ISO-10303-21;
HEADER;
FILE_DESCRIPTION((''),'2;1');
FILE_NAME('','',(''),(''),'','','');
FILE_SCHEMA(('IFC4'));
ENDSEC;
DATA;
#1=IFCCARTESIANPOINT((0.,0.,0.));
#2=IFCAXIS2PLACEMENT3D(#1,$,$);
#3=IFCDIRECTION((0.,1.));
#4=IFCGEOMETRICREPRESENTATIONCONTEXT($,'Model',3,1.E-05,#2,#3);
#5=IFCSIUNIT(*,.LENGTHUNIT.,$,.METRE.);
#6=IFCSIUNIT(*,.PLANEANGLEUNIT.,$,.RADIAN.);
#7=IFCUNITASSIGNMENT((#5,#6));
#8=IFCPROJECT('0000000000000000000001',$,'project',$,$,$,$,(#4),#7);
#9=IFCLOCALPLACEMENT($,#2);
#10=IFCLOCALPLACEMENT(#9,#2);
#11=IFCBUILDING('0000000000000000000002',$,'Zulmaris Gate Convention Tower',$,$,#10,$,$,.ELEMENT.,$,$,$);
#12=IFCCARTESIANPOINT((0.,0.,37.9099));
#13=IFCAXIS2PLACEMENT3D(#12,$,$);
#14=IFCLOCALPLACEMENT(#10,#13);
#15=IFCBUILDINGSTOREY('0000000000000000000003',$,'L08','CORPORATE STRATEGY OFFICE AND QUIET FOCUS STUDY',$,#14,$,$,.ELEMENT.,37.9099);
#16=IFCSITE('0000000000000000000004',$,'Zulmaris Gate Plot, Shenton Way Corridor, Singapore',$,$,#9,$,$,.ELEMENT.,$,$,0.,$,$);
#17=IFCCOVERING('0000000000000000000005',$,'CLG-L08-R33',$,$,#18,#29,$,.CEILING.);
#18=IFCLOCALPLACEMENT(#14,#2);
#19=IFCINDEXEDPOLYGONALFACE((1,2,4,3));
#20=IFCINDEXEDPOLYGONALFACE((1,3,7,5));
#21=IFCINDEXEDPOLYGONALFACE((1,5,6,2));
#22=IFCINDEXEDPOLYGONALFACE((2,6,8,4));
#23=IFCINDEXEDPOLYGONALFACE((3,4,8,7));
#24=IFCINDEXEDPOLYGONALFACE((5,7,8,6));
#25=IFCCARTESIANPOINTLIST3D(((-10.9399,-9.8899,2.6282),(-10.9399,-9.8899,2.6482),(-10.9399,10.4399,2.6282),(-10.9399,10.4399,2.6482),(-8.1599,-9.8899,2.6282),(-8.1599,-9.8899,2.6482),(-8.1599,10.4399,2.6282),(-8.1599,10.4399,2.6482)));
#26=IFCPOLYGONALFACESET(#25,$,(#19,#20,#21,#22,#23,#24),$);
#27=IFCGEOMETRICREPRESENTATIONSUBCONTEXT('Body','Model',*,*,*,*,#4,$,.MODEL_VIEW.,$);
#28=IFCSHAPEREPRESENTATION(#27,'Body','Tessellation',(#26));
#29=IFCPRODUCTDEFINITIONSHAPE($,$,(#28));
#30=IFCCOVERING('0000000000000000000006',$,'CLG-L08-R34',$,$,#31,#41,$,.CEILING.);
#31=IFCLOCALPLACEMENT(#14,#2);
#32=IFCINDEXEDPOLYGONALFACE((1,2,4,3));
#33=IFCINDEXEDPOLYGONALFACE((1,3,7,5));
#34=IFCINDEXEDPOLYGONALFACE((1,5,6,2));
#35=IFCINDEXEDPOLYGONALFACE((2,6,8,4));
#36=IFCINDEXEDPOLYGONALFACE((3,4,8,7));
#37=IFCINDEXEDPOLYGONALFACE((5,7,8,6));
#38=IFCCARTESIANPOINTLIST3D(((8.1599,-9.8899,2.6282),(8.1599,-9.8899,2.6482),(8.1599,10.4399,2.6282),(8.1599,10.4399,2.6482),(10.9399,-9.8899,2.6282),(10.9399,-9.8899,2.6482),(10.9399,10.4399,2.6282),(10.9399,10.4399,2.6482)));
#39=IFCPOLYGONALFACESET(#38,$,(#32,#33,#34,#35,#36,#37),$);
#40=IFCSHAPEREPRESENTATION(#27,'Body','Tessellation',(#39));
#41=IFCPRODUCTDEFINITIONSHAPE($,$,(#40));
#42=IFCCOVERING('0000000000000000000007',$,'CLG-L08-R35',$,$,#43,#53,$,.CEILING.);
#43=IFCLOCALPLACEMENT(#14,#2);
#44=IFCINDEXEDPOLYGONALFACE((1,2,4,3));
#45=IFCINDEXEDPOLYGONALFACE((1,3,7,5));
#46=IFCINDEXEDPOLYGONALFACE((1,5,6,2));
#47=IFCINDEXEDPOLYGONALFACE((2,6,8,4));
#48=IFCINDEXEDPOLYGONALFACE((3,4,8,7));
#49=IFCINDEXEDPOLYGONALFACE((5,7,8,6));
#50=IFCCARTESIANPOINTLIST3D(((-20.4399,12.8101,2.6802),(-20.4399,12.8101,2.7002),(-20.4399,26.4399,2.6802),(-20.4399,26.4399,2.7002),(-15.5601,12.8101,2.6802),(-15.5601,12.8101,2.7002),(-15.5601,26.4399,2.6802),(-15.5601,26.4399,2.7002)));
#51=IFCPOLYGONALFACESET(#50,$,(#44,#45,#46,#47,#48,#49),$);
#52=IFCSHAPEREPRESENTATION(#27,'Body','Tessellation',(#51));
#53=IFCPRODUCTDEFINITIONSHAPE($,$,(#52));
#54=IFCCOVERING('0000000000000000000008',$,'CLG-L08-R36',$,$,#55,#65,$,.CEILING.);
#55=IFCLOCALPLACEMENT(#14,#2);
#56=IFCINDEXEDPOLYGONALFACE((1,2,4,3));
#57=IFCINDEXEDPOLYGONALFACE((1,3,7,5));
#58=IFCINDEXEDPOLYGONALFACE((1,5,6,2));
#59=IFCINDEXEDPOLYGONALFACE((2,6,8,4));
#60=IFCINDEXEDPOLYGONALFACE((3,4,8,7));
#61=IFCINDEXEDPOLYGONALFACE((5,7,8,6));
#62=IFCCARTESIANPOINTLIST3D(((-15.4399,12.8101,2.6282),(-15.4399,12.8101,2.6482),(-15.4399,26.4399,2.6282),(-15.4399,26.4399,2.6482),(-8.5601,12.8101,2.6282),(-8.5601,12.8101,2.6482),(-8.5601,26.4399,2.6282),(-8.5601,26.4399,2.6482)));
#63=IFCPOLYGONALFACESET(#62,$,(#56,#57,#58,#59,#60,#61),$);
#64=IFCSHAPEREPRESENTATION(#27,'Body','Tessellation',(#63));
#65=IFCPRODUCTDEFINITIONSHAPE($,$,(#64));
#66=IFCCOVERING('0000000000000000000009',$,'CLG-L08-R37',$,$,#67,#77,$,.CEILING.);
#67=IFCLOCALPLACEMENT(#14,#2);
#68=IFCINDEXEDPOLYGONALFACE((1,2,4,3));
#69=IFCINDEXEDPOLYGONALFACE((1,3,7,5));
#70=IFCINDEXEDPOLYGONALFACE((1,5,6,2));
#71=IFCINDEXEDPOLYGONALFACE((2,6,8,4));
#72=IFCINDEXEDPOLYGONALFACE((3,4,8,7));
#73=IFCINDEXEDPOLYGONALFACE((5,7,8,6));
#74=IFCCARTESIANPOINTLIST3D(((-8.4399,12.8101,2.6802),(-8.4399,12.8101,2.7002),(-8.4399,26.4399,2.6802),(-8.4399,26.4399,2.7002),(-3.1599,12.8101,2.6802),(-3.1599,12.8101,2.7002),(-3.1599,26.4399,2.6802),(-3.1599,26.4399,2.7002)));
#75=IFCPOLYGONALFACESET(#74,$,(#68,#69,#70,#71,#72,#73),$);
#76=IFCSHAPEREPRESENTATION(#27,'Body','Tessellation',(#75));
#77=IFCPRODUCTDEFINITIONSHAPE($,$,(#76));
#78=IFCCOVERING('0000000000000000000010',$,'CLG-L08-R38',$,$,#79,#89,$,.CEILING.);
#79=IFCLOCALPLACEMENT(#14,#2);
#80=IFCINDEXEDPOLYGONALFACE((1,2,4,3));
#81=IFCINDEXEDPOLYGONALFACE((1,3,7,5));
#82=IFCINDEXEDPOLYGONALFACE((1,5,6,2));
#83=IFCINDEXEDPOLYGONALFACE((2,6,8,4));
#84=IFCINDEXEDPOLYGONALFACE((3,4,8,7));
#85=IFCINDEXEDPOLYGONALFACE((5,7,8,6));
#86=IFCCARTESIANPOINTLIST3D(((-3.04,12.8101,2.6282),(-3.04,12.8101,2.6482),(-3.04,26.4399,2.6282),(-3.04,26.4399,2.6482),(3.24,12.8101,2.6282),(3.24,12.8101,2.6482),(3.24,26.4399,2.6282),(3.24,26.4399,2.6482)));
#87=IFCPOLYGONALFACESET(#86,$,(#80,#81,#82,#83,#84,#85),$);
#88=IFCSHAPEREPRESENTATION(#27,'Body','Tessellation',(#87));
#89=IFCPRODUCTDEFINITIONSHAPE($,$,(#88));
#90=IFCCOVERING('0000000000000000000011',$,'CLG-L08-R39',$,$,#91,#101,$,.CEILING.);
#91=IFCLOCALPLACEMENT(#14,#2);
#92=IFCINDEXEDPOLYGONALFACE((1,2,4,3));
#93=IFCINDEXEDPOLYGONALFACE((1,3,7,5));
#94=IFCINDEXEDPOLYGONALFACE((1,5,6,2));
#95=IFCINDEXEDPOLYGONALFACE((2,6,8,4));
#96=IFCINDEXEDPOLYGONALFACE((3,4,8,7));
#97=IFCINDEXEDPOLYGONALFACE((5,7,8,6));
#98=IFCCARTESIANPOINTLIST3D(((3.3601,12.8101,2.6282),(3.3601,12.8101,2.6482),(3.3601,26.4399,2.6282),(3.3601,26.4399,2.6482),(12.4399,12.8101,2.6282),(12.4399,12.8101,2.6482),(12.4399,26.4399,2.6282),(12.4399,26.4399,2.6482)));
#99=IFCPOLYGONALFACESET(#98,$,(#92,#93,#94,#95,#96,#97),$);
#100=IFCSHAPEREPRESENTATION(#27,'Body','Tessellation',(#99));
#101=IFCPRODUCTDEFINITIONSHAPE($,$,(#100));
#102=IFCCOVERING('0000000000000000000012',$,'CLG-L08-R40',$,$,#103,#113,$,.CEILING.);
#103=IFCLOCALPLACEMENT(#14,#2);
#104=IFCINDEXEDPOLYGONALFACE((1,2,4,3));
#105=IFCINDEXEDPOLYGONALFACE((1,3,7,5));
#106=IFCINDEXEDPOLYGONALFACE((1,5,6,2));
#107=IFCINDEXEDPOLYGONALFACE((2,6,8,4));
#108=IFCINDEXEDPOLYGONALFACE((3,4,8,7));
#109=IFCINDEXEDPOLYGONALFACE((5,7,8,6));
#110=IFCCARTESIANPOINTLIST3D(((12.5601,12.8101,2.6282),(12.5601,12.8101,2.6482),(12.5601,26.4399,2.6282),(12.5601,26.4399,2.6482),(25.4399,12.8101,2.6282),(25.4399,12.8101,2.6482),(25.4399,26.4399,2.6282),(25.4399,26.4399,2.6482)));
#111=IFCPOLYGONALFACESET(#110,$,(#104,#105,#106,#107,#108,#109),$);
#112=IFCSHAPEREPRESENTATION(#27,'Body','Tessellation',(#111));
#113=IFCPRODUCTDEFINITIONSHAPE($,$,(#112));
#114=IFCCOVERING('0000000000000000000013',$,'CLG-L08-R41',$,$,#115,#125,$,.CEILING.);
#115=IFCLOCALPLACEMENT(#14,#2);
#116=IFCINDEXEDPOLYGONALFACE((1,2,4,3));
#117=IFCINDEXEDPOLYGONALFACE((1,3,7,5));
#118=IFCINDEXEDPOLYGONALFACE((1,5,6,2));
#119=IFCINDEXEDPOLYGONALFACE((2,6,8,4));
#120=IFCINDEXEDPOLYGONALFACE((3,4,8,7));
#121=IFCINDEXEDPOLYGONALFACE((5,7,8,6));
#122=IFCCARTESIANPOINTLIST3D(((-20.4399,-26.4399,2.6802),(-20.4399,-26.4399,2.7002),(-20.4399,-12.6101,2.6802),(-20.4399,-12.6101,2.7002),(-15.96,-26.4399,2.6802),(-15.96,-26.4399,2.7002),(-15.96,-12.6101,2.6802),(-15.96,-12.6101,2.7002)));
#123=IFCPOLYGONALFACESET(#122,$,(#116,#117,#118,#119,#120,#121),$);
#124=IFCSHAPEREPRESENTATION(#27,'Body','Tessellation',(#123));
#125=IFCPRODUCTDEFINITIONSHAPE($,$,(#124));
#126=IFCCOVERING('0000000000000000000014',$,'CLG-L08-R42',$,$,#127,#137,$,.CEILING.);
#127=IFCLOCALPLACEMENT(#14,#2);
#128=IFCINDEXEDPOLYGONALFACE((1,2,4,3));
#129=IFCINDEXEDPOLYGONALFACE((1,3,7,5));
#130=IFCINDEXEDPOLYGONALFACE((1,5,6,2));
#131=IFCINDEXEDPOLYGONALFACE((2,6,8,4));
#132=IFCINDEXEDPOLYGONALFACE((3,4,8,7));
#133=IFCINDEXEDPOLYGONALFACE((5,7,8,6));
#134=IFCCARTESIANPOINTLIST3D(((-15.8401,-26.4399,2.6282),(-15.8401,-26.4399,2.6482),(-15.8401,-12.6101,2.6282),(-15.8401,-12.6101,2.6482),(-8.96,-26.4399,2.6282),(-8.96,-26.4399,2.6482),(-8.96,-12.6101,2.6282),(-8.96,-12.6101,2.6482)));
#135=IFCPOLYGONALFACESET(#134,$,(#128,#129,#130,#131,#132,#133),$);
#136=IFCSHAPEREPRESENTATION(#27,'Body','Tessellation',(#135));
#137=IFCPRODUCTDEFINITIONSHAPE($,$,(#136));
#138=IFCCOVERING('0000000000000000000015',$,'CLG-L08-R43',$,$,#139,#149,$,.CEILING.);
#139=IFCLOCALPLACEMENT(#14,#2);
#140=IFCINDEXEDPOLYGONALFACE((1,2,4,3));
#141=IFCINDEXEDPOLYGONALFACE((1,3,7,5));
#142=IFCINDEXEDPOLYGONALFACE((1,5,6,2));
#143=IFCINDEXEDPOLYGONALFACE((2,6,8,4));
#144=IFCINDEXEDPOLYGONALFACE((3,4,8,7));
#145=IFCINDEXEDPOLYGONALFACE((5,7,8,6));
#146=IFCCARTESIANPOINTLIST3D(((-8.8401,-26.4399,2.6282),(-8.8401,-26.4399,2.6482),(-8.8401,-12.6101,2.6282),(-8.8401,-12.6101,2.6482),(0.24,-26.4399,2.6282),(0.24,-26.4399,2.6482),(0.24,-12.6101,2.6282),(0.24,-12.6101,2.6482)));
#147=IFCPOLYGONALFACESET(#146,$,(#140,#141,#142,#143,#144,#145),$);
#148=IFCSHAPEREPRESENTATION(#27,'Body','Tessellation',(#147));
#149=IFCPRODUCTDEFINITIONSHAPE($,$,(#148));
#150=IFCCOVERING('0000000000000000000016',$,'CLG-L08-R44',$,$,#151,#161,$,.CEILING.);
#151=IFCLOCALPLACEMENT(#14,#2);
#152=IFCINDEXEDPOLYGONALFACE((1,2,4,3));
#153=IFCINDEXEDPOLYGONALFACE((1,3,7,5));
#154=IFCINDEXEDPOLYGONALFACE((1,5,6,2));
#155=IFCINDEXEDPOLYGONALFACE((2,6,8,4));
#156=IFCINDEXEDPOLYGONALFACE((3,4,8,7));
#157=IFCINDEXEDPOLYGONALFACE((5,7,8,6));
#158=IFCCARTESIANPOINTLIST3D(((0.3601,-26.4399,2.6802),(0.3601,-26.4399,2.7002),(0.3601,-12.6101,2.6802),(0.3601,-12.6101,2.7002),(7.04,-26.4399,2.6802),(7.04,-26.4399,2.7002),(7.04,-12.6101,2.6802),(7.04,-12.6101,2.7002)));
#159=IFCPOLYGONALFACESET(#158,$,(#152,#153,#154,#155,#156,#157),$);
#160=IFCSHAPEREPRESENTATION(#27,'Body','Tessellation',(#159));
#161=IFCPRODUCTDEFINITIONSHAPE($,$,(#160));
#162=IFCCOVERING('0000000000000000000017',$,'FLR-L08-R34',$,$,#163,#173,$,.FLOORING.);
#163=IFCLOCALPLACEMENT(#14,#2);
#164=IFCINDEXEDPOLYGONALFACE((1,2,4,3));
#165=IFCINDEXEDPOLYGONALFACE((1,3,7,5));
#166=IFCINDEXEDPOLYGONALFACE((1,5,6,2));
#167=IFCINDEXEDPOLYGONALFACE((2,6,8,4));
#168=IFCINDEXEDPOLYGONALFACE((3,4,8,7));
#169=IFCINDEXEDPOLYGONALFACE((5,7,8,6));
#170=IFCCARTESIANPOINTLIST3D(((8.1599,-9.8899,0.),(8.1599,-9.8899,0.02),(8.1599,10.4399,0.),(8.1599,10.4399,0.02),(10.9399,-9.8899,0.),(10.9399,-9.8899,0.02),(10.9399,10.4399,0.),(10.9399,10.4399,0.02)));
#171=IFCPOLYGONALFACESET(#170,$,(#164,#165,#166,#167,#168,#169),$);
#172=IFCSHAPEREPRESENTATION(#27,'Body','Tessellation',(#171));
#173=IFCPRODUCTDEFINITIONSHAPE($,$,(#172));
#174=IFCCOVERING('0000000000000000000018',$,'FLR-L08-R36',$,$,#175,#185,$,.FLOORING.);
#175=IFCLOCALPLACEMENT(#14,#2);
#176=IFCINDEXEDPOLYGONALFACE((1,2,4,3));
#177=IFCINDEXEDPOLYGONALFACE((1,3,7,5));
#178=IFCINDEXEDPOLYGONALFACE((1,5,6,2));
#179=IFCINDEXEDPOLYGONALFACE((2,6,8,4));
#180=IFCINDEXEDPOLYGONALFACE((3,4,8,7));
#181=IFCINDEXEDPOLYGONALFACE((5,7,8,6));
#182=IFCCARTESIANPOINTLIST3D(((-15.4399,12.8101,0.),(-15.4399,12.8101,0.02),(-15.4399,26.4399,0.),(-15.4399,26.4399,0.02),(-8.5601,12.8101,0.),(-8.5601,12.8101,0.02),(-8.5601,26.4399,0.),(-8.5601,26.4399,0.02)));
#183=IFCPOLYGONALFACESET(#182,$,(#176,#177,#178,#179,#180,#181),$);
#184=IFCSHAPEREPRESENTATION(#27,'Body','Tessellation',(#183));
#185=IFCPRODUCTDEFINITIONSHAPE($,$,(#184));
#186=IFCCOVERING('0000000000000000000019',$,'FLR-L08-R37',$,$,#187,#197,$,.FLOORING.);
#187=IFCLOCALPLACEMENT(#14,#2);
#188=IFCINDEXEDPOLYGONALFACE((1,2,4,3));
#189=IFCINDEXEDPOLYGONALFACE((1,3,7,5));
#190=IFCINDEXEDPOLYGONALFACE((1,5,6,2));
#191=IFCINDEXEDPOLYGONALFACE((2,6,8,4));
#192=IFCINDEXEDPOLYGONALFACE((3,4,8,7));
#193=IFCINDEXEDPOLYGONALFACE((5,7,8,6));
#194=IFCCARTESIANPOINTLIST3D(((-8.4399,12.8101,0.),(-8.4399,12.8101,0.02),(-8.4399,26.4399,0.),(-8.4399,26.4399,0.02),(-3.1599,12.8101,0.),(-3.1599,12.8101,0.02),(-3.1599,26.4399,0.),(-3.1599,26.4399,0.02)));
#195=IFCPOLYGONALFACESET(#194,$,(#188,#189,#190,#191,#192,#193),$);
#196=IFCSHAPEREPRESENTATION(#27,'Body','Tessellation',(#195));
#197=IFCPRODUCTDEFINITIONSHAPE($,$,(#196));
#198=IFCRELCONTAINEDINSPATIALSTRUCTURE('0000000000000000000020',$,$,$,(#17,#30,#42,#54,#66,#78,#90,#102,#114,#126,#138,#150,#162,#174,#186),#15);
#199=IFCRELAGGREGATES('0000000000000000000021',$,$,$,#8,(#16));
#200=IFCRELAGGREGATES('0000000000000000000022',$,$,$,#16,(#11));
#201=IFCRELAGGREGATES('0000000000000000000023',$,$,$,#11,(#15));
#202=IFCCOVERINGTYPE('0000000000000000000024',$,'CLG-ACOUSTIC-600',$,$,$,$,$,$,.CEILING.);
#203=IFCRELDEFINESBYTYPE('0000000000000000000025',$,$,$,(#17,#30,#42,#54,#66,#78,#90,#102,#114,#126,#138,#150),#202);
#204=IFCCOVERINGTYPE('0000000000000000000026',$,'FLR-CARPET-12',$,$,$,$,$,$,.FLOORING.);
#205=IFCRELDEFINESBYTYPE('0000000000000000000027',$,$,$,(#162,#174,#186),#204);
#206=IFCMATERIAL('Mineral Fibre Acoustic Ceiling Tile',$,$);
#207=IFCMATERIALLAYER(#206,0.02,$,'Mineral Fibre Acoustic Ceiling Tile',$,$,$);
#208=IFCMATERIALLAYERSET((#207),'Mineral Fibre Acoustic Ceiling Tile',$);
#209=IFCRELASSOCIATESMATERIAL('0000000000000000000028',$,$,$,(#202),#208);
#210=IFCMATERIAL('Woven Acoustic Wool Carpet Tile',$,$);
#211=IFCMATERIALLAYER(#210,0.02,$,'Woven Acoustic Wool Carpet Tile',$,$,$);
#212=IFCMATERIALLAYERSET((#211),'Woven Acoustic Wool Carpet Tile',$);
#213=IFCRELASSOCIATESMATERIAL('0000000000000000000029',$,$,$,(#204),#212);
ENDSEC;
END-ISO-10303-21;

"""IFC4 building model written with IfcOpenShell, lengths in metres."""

from ifc_helpers import new_model, si_unit, direction, frame, origin, place, context, subcontext, project, spatial, polyline, outline, extrude, material, layer, layer_set, type_object, element, save


model = new_model("IFC4")

# Units and contexts
model_context = context("Model", 3, precision=1e-05, world=origin(), true_north=direction((0.0, 1.0)))
body_context = subcontext(model_context, "Body", "Model", "MODEL_VIEW")
ifc_project = project(units=[si_unit("LENGTHUNIT", "METRE"), si_unit("PLANEANGLEUNIT", "RADIAN")], contexts=[model_context])

# Site, building, storey
site_placement = place(None, origin())
site = spatial("IfcSite", under=ifc_project, at=site_placement, Name="Zulmaris Gate Plot, Shenton Way Corridor, Singapore", CompositionType="ELEMENT", RefElevation=0.0)
building_placement = place(site_placement, origin())
building = spatial("IfcBuilding", under=site, at=building_placement, Name="Zulmaris Gate Convention Tower", CompositionType="ELEMENT")
storey_placement = place(building_placement, frame((0.0, 0.0, 37.9099)))
storey = spatial("IfcBuildingStorey", under=building, at=storey_placement, Name="L08", Description="CORPORATE STRATEGY OFFICE AND QUIET FOCUS STUDY", CompositionType="ELEMENT", Elevation=37.9099)

# Coverings
ifc_material_1 = material(Name="Mineral Fibre Acoustic Ceiling Tile")
ifc_layer_1 = layer(ifc_material_1, 0.02, Name="Mineral Fibre Acoustic Ceiling Tile")
ifc_layer_set_1 = layer_set([ifc_layer_1], Name="Mineral Fibre Acoustic Ceiling Tile")
covering_type_1 = type_object("IfcCoveringType", Name="CLG-ACOUSTIC-600", PredefinedType="CEILING", material=ifc_layer_set_1)
covering_1_placement = place(storey_placement, frame((0.0, 0.0, 2.6282)))
element("IfcCovering", 1, at=covering_1_placement, inside=storey, type_object=covering_type_1, Name="CLG-L08-R33", PredefinedType="CEILING", context=body_context, shape_type="SweptSolid", body=[
    extrude(outline(polyline([(-10.9399, -9.8899), (-8.1599, -9.8899), (-8.1599, 10.4399), (-10.9399, 10.4399), (-10.9399, -9.8899)])), origin(), (0.0, 0.0, 1.0), 0.02),
])
covering_2_placement = place(storey_placement, frame((0.0, 0.0, 2.6282)))
element("IfcCovering", 2, at=covering_2_placement, inside=storey, type_object=covering_type_1, Name="CLG-L08-R34", PredefinedType="CEILING", context=body_context, shape_type="SweptSolid", body=[
    extrude(outline(polyline([(8.1599, -9.8899), (10.9399, -9.8899), (10.9399, 10.4399), (8.1599, 10.4399), (8.1599, -9.8899)])), origin(), (0.0, 0.0, 1.0), 0.02),
])
covering_3_placement = place(storey_placement, frame((0.0, 0.0, 2.6802)))
element("IfcCovering", 3, at=covering_3_placement, inside=storey, type_object=covering_type_1, Name="CLG-L08-R35", PredefinedType="CEILING", context=body_context, shape_type="SweptSolid", body=[
    extrude(outline(polyline([(-20.4399, 12.8101), (-15.5601, 12.8101), (-15.5601, 26.4399), (-20.4399, 26.4399), (-20.4399, 12.8101)])), origin(), (0.0, 0.0, 1.0), 0.02),
])
covering_4_placement = place(storey_placement, frame((0.0, 0.0, 2.6282)))
element("IfcCovering", 4, at=covering_4_placement, inside=storey, type_object=covering_type_1, Name="CLG-L08-R36", PredefinedType="CEILING", context=body_context, shape_type="SweptSolid", body=[
    extrude(outline(polyline([(-15.4399, 12.8101), (-8.5601, 12.8101), (-8.5601, 26.4399), (-15.4399, 26.4399), (-15.4399, 12.8101)])), origin(), (0.0, 0.0, 1.0), 0.02),
])
covering_5_placement = place(storey_placement, frame((0.0, 0.0, 2.6802)))
element("IfcCovering", 5, at=covering_5_placement, inside=storey, type_object=covering_type_1, Name="CLG-L08-R37", PredefinedType="CEILING", context=body_context, shape_type="SweptSolid", body=[
    extrude(outline(polyline([(-8.4399, 12.8101), (-3.1599, 12.8101), (-3.1599, 26.4399), (-8.4399, 26.4399), (-8.4399, 12.8101)])), origin(), (0.0, 0.0, 1.0), 0.02),
])
covering_6_placement = place(storey_placement, frame((0.0, 0.0, 2.6282)))
element("IfcCovering", 6, at=covering_6_placement, inside=storey, type_object=covering_type_1, Name="CLG-L08-R38", PredefinedType="CEILING", context=body_context, shape_type="SweptSolid", body=[
    extrude(outline(polyline([(-3.04, 12.8101), (3.24, 12.8101), (3.24, 26.4399), (-3.04, 26.4399), (-3.04, 12.8101)])), origin(), (0.0, 0.0, 1.0), 0.02),
])
covering_7_placement = place(storey_placement, frame((0.0, 0.0, 2.6282)))
element("IfcCovering", 7, at=covering_7_placement, inside=storey, type_object=covering_type_1, Name="CLG-L08-R39", PredefinedType="CEILING", context=body_context, shape_type="SweptSolid", body=[
    extrude(outline(polyline([(3.3601, 12.8101), (12.4399, 12.8101), (12.4399, 26.4399), (3.3601, 26.4399), (3.3601, 12.8101)])), origin(), (0.0, 0.0, 1.0), 0.02),
])
covering_8_placement = place(storey_placement, frame((0.0, 0.0, 2.6282)))
element("IfcCovering", 8, at=covering_8_placement, inside=storey, type_object=covering_type_1, Name="CLG-L08-R40", PredefinedType="CEILING", context=body_context, shape_type="SweptSolid", body=[
    extrude(outline(polyline([(12.5601, 12.8101), (25.4399, 12.8101), (25.4399, 26.4399), (12.5601, 26.4399), (12.5601, 12.8101)])), origin(), (0.0, 0.0, 1.0), 0.02),
])
covering_9_placement = place(storey_placement, frame((0.0, 0.0, 2.6802)))
element("IfcCovering", 9, at=covering_9_placement, inside=storey, type_object=covering_type_1, Name="CLG-L08-R41", PredefinedType="CEILING", context=body_context, shape_type="SweptSolid", body=[
    extrude(outline(polyline([(-20.4399, -26.4399), (-15.96, -26.4399), (-15.96, -12.6101), (-20.4399, -12.6101), (-20.4399, -26.4399)])), origin(), (0.0, 0.0, 1.0), 0.02),
])
covering_10_placement = place(storey_placement, frame((0.0, 0.0, 2.6282)))
element("IfcCovering", 10, at=covering_10_placement, inside=storey, type_object=covering_type_1, Name="CLG-L08-R42", PredefinedType="CEILING", context=body_context, shape_type="SweptSolid", body=[
    extrude(outline(polyline([(-15.8401, -26.4399), (-8.96, -26.4399), (-8.96, -12.6101), (-15.8401, -12.6101), (-15.8401, -26.4399)])), origin(), (0.0, 0.0, 1.0), 0.02),
])
covering_11_placement = place(storey_placement, frame((0.0, 0.0, 2.6282)))
element("IfcCovering", 11, at=covering_11_placement, inside=storey, type_object=covering_type_1, Name="CLG-L08-R43", PredefinedType="CEILING", context=body_context, shape_type="SweptSolid", body=[
    extrude(outline(polyline([(-8.8401, -26.4399), (0.24, -26.4399), (0.24, -12.6101), (-8.8401, -12.6101), (-8.8401, -26.4399)])), origin(), (0.0, 0.0, 1.0), 0.02),
])
covering_12_placement = place(storey_placement, frame((0.0, 0.0, 2.6802)))
element("IfcCovering", 12, at=covering_12_placement, inside=storey, type_object=covering_type_1, Name="CLG-L08-R44", PredefinedType="CEILING", context=body_context, shape_type="SweptSolid", body=[
    extrude(outline(polyline([(0.3601, -26.4399), (7.04, -26.4399), (7.04, -12.6101), (0.3601, -12.6101), (0.3601, -26.4399)])), origin(), (0.0, 0.0, 1.0), 0.02),
])
ifc_material_2 = material(Name="Woven Acoustic Wool Carpet Tile")
ifc_layer_2 = layer(ifc_material_2, 0.02, Name="Woven Acoustic Wool Carpet Tile")
ifc_layer_set_2 = layer_set([ifc_layer_2], Name="Woven Acoustic Wool Carpet Tile")
covering_type_2 = type_object("IfcCoveringType", Name="FLR-CARPET-12", PredefinedType="FLOORING", material=ifc_layer_set_2)
covering_13_placement = place(storey_placement, origin())
element("IfcCovering", 13, at=covering_13_placement, inside=storey, type_object=covering_type_2, Name="FLR-L08-R34", PredefinedType="FLOORING", context=body_context, shape_type="SweptSolid", body=[
    extrude(outline(polyline([(8.1599, -9.8899), (10.9399, -9.8899), (10.9399, 10.4399), (8.1599, 10.4399), (8.1599, -9.8899)])), origin(), (0.0, 0.0, 1.0), 0.02),
])
covering_14_placement = place(storey_placement, origin())
element("IfcCovering", 14, at=covering_14_placement, inside=storey, type_object=covering_type_2, Name="FLR-L08-R36", PredefinedType="FLOORING", context=body_context, shape_type="SweptSolid", body=[
    extrude(outline(polyline([(-15.4399, 12.8101), (-8.5601, 12.8101), (-8.5601, 26.4399), (-15.4399, 26.4399), (-15.4399, 12.8101)])), origin(), (0.0, 0.0, 1.0), 0.02),
])
covering_15_placement = place(storey_placement, origin())
element("IfcCovering", 15, at=covering_15_placement, inside=storey, type_object=covering_type_2, Name="FLR-L08-R37", PredefinedType="FLOORING", context=body_context, shape_type="SweptSolid", body=[
    extrude(outline(polyline([(-8.4399, 12.8101), (-3.1599, 12.8101), (-3.1599, 26.4399), (-8.4399, 26.4399), (-8.4399, 12.8101)])), origin(), (0.0, 0.0, 1.0), 0.02),
])

save(model, "model.ifc")
